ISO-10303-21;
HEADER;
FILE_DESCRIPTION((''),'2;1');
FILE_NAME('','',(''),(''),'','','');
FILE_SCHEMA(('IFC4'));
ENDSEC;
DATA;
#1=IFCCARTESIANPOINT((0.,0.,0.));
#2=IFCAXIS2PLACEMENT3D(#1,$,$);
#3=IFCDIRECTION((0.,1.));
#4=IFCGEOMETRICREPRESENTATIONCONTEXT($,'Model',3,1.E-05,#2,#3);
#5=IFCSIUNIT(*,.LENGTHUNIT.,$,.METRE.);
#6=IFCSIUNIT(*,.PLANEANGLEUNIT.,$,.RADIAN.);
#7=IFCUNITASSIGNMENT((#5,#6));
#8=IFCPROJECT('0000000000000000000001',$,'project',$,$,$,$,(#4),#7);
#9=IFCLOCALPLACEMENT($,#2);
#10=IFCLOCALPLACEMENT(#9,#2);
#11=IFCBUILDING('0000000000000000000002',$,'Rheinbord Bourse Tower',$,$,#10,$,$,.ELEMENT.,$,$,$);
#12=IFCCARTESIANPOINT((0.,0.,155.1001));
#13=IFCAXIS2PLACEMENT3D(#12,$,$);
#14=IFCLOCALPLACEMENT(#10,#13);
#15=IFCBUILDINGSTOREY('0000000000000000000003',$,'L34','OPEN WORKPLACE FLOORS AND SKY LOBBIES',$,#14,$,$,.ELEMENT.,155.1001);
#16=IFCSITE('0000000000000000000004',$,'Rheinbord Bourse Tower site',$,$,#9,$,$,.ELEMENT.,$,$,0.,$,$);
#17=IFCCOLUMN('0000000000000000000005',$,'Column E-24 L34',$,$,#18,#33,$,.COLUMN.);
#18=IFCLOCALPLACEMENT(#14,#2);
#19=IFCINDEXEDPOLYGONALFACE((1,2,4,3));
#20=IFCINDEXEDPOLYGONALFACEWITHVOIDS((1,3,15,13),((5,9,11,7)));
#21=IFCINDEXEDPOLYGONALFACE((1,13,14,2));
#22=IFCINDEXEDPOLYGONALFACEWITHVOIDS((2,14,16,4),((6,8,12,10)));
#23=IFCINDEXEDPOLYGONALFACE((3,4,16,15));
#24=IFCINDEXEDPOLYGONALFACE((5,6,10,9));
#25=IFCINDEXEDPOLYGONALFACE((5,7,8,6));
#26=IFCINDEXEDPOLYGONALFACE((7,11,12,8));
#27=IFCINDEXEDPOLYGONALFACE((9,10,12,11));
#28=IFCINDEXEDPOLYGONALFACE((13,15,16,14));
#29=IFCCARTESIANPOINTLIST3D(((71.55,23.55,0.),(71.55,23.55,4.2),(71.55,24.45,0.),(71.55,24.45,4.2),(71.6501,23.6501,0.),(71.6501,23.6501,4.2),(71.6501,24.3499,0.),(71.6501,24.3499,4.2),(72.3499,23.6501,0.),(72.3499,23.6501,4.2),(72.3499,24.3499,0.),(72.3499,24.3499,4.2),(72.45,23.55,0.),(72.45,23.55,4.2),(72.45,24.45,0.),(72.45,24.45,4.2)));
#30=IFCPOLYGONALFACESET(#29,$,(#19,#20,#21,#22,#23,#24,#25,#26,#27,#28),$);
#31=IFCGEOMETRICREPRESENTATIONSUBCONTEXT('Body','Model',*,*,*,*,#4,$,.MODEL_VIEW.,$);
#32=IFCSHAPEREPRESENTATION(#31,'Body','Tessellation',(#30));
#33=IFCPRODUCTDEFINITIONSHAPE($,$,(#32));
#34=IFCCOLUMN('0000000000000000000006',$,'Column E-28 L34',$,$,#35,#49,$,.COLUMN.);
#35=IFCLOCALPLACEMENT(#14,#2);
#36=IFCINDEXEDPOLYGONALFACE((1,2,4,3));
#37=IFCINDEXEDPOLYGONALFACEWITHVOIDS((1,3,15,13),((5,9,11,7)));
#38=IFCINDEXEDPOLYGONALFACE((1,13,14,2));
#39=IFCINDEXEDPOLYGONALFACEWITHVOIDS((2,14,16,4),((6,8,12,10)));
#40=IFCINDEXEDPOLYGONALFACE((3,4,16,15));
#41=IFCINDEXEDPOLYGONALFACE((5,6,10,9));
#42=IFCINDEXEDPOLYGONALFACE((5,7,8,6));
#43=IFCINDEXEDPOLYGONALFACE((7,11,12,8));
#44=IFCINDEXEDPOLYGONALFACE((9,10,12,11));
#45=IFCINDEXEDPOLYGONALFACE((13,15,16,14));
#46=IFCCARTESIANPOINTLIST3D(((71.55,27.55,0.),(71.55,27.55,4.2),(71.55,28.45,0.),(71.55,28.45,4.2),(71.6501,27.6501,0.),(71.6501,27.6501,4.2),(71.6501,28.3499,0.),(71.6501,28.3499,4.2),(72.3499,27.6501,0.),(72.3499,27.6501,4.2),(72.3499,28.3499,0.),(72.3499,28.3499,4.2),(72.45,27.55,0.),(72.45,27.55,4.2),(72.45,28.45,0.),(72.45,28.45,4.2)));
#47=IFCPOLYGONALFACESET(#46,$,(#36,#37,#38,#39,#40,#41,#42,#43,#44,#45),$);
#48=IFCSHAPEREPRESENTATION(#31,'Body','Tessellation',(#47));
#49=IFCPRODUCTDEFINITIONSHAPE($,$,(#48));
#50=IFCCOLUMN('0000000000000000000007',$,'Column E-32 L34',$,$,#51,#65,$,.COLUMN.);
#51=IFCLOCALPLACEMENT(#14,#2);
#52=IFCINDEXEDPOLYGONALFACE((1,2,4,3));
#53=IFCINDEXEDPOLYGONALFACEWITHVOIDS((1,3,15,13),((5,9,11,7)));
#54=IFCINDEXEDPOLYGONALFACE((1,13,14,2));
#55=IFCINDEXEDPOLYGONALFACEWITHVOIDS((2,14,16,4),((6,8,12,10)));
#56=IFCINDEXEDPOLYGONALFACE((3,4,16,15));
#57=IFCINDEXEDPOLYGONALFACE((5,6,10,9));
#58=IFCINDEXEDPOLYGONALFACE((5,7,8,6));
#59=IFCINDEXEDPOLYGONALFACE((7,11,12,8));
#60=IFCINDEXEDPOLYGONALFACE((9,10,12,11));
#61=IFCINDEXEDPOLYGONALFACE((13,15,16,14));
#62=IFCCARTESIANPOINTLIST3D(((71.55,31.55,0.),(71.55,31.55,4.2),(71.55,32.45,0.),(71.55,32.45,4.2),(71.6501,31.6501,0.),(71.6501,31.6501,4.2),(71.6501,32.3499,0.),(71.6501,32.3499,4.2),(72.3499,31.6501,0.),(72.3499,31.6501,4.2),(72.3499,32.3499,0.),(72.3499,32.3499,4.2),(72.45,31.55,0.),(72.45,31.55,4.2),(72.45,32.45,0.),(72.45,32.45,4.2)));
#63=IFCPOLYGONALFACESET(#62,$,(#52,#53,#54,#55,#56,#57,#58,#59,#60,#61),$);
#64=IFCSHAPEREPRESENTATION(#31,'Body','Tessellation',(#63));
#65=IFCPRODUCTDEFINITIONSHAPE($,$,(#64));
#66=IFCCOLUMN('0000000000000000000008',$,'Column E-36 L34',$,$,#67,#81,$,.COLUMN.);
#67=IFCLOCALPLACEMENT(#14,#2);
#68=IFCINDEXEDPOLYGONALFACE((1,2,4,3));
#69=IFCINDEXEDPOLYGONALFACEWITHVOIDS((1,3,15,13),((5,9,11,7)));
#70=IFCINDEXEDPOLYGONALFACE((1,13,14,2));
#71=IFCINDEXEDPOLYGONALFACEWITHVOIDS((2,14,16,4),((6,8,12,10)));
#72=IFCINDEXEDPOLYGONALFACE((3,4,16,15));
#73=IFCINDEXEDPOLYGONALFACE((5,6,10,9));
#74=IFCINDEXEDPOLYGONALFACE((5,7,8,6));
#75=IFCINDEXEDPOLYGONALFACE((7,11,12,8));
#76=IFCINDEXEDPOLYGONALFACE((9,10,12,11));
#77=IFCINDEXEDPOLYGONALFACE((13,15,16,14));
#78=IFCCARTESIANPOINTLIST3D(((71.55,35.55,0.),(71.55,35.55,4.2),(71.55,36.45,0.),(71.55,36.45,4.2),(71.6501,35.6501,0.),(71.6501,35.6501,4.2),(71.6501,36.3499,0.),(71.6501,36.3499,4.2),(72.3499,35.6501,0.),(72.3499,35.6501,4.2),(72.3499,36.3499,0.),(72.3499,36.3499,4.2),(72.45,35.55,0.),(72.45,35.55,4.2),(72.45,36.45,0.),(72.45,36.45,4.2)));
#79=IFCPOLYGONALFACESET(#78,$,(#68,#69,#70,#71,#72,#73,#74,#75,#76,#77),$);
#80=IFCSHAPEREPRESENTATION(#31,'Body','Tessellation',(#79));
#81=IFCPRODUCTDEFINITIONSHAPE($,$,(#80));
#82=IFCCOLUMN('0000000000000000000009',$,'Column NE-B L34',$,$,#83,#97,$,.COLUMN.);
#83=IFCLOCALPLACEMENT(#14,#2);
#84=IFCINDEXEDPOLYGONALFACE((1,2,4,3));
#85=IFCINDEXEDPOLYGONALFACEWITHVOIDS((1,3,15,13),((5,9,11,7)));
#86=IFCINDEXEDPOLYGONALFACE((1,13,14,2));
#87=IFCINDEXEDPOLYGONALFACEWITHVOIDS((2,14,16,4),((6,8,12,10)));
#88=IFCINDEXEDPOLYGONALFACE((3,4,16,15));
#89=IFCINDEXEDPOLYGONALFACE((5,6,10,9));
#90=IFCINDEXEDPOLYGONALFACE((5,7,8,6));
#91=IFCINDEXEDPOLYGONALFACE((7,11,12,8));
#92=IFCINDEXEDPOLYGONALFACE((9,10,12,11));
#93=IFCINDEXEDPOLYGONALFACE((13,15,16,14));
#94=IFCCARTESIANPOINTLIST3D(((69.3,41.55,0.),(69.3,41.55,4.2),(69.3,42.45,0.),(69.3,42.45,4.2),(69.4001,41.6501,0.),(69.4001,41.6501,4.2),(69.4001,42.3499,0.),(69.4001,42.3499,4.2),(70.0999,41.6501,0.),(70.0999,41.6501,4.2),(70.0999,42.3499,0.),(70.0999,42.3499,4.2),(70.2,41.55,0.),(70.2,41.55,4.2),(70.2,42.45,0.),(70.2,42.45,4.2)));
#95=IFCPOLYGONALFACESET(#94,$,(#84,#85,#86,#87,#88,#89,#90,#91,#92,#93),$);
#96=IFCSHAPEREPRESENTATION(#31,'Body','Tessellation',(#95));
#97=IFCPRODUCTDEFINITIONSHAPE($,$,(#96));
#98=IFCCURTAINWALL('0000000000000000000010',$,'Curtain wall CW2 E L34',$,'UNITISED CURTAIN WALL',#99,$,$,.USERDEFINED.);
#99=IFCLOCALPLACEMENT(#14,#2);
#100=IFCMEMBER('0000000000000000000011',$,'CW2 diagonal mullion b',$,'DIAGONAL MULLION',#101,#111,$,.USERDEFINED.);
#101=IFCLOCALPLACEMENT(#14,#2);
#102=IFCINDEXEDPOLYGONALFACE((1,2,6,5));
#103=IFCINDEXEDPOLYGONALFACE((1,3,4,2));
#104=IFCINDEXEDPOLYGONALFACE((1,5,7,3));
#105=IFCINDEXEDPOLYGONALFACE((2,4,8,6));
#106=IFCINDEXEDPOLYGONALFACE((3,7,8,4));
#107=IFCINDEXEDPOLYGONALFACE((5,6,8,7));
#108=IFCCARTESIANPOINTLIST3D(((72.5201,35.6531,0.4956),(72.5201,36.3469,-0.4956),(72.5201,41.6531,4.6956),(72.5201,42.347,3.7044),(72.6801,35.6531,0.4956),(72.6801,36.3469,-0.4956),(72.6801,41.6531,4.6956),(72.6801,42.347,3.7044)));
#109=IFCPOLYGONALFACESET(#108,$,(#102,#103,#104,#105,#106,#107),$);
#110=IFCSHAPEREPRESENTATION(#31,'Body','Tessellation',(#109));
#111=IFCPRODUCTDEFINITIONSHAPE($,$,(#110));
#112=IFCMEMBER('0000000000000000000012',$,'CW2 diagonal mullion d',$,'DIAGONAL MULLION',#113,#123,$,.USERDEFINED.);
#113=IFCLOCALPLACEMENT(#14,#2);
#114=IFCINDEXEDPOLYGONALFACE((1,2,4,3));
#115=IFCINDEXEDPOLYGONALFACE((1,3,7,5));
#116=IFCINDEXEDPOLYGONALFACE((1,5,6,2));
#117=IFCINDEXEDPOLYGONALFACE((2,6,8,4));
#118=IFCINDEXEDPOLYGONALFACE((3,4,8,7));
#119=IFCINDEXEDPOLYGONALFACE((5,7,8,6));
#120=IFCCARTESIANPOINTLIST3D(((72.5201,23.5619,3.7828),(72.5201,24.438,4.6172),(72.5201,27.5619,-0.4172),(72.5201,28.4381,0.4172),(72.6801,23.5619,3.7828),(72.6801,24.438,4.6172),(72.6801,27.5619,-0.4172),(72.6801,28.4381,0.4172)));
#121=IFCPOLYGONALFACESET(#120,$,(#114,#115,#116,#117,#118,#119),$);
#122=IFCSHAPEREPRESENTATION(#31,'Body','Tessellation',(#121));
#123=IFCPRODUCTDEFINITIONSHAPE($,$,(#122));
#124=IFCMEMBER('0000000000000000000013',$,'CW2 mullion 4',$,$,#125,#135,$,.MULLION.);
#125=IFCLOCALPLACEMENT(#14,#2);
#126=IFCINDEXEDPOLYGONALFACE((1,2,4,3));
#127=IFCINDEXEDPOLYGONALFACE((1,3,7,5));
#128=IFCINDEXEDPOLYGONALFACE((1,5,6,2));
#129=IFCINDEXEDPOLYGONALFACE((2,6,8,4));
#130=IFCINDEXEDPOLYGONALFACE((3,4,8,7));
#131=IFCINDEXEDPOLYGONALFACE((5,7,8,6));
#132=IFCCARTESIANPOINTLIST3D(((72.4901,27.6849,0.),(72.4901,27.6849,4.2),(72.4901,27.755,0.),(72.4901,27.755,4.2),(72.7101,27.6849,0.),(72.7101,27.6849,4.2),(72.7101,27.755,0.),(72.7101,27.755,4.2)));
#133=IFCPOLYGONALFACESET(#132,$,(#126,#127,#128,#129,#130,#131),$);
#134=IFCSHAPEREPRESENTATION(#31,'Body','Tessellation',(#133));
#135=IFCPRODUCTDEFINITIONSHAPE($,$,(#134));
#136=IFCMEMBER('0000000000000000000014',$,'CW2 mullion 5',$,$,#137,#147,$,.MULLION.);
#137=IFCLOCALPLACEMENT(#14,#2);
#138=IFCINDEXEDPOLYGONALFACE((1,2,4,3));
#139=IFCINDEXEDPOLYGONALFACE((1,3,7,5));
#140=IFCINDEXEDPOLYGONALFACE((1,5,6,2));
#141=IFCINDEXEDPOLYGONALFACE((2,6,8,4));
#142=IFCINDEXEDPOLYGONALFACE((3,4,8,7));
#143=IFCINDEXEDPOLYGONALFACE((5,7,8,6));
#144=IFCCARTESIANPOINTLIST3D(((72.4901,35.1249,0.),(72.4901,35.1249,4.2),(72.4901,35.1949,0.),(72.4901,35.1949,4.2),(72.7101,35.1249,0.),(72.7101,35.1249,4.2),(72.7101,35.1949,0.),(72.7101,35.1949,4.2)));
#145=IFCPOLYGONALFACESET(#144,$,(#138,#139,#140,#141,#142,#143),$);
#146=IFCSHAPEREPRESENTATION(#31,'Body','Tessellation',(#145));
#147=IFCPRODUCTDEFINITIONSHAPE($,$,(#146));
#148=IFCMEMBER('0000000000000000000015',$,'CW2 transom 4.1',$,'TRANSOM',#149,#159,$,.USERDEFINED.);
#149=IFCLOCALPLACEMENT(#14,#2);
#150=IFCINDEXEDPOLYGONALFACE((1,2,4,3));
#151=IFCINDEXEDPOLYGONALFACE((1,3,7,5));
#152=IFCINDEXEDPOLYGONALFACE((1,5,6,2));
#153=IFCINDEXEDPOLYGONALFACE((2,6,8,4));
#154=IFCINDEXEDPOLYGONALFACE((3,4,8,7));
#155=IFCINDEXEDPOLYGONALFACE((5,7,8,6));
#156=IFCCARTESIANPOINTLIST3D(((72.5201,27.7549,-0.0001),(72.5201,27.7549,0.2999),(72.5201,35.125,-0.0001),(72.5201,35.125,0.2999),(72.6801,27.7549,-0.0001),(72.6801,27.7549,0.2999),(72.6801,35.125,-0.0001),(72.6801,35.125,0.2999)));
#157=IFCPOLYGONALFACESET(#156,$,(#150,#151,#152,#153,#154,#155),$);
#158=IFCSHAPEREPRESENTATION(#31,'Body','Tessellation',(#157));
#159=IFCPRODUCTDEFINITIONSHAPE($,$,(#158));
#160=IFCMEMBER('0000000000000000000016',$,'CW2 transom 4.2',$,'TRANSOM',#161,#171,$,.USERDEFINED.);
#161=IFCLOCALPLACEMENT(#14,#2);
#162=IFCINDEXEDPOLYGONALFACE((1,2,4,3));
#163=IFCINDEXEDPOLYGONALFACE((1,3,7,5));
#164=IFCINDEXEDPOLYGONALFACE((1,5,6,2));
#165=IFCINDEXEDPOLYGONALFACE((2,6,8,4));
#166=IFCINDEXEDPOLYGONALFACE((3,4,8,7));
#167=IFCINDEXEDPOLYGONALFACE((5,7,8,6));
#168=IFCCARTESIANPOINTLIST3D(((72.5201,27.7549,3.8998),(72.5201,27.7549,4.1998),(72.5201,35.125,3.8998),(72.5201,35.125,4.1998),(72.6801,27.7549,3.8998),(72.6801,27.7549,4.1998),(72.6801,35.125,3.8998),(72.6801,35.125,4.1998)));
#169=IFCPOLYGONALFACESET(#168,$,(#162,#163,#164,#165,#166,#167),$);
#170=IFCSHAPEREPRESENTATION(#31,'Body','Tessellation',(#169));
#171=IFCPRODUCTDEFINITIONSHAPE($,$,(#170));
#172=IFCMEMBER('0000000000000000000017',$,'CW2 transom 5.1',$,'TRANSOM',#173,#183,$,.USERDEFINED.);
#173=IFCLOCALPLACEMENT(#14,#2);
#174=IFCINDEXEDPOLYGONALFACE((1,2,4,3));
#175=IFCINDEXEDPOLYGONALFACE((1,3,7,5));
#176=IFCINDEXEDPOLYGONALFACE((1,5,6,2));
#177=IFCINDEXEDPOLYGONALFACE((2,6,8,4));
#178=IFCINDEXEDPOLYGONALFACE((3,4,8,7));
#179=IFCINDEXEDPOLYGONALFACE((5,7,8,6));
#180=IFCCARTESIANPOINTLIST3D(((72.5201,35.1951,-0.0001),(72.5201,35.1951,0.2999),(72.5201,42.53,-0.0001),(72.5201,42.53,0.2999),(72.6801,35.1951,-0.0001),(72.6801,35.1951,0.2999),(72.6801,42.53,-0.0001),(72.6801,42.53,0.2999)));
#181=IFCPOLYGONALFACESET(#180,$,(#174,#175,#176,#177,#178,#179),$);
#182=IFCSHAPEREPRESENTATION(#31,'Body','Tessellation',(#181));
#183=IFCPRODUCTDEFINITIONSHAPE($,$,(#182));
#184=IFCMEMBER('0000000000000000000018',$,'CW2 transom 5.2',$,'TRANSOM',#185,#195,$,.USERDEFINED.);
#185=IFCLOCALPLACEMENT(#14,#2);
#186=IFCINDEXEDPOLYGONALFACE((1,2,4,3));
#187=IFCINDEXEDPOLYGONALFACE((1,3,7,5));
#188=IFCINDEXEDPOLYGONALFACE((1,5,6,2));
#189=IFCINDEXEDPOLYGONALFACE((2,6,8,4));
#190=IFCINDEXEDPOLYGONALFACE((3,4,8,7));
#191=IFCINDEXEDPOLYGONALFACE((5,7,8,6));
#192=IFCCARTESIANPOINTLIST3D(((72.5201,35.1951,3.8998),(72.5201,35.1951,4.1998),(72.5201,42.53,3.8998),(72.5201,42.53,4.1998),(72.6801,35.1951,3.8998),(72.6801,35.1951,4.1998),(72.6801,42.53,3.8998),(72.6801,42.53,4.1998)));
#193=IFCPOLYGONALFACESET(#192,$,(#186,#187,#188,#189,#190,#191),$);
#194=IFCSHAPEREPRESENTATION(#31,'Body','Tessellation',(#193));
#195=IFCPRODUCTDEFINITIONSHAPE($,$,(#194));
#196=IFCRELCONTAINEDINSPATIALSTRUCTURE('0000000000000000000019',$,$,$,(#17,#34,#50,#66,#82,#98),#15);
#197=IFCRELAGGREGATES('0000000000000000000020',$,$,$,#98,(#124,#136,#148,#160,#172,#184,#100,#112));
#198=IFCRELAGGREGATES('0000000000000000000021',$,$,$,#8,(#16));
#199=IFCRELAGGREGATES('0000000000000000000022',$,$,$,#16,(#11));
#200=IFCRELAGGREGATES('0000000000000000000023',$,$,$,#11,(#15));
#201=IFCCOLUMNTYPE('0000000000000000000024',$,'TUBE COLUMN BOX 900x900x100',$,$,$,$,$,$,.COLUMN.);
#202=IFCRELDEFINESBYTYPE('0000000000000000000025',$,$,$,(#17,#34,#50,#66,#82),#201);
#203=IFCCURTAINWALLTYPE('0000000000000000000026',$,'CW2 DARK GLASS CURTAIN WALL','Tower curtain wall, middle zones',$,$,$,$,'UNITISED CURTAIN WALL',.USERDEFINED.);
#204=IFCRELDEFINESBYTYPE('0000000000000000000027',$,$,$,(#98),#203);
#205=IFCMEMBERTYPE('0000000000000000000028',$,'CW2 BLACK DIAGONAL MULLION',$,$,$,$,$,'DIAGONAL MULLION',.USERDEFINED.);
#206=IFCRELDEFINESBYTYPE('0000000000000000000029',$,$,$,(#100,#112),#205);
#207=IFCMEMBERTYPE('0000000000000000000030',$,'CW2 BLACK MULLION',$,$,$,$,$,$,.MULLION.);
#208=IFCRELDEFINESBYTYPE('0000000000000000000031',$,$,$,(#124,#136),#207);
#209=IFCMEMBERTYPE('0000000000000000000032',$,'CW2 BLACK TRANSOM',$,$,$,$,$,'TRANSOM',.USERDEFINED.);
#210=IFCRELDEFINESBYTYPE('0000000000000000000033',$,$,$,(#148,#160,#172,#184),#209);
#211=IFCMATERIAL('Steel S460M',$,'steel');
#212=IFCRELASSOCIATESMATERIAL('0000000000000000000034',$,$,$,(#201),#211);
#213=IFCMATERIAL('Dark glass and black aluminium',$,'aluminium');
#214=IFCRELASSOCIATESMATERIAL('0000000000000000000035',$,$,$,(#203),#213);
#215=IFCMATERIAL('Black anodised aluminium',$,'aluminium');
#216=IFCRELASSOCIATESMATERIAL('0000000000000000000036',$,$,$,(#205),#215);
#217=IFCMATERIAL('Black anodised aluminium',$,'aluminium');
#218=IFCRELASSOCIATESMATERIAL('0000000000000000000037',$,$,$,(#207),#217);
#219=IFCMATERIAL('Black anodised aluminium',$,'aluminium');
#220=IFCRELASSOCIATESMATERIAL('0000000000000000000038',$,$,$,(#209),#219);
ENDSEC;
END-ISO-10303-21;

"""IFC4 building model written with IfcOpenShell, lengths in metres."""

from ifc_helpers import new_model, si_unit, direction, frame, origin, origin_2d, place, context, subcontext, project, spatial, rectangle, hollow_rectangle, extrude, material, material_profile, profile_set, type_object, element, aggregate, save


model = new_model("IFC4")

# Units and contexts
model_context = context("Model", 3, precision=1e-05, world=origin(), true_north=direction((0.0, 1.0)))
body_context = subcontext(model_context, "Body", "Model", "MODEL_VIEW")
ifc_project = project(units=[si_unit("LENGTHUNIT", "METRE"), si_unit("PLANEANGLEUNIT", "RADIAN")], contexts=[model_context])

# Site, building, storey
site_placement = place(None, origin())
site = spatial("IfcSite", under=ifc_project, at=site_placement, Name="Rheinbord Bourse Tower site", CompositionType="ELEMENT", RefElevation=0.0)
building_placement = place(site_placement, origin())
building = spatial("IfcBuilding", under=site, at=building_placement, Name="Rheinbord Bourse Tower", CompositionType="ELEMENT")
storey_placement = place(building_placement, frame((0.0, 0.0, 155.1001)))
storey = spatial("IfcBuildingStorey", under=building, at=storey_placement, Name="L34", Description="OPEN WORKPLACE FLOORS AND SKY LOBBIES", CompositionType="ELEMENT", Elevation=155.1001)

# Columns
ifc_material_1 = material(Name="Steel S460M", Category="steel")
ifc_material_profile_1 = material_profile(ifc_material_1, hollow_rectangle(XDim=0.8999, YDim=0.8999, WallThickness=0.1001, at=origin_2d()), Name="BOX 900x900x100")
ifc_profile_set_1 = profile_set([ifc_material_profile_1], Name="Steel S460M")
column_type = type_object("IfcColumnType", Name="TUBE COLUMN BOX 900x900x100", PredefinedType="COLUMN", material=ifc_profile_set_1)
for number, where, z_axis, x_axis, name in (
    (1, (72.0, 24.0, 0.0), (0.0, 0.0, 1.0), (1.0, 0.0, 0.0), "Column E-24 L34"),
    (2, (72.0, 28.0, 0.0), (0.0, 0.0, 1.0), (1.0, 0.0, 0.0), "Column E-28 L34"),
    (3, (72.0, 32.0, 0.0), (0.0, 0.0, 1.0), (1.0, 0.0, 0.0), "Column E-32 L34"),
    (4, (72.0, 36.0, 0.0), (0.0, 0.0, 1.0), (1.0, 0.0, 0.0), "Column E-36 L34"),
    (5, (69.75, 42.0, 0.0), (0.0, 0.0, 1.0), (1.0, 0.0, 0.0), "Column NE-B L34"),
):
    element("IfcColumn", number, at=place(storey_placement, frame(where, z_axis=z_axis, x_axis=x_axis)), inside=storey, type_object=column_type, Name=name, PredefinedType="COLUMN", context=body_context, shape_type="SweptSolid", body=[
        extrude(hollow_rectangle(XDim=0.8999, YDim=0.8999, WallThickness=0.1001, at=origin_2d()), origin(), (0.0, 0.0, 1.0), 4.2),
    ])

# Curtain wall, members
ifc_material_2 = material(Name="Dark glass and black aluminium", Category="aluminium")
curtain_wall_type = type_object("IfcCurtainWallType", Name="CW2 DARK GLASS CURTAIN WALL", Description="Tower curtain wall, middle zones", ElementType="UNITISED CURTAIN WALL", PredefinedType="USERDEFINED", material=ifc_material_2)
curtain_wall_placement = place(storey_placement, origin())
curtain_wall = element("IfcCurtainWall", 6, at=curtain_wall_placement, inside=storey, type_object=curtain_wall_type, Name="Curtain wall CW2 E L34", ObjectType="UNITISED CURTAIN WALL", PredefinedType="USERDEFINED")
ifc_material_3 = material(Name="Black anodised aluminium", Category="aluminium")
ifc_material_profile_2 = material_profile(ifc_material_3, rectangle(XDim=0.1599, YDim=1.21, at=origin_2d()), Name="CW2 DIAGONAL MULLION 1210x160")
ifc_profile_set_2 = profile_set([ifc_material_profile_2], Name="Black anodised aluminium")
member_type_1 = type_object("IfcMemberType", Name="CW2 BLACK DIAGONAL MULLION", ElementType="DIAGONAL MULLION", PredefinedType="USERDEFINED", material=ifc_profile_set_2)
member_1_placement = place(storey_placement, frame((72.6001, 36.0, 0.0), z_axis=(0.0, 0.819235, 0.573458), x_axis=(-1.0, 0.0, 0.0)))
member_1 = element("IfcMember", 7, at=member_1_placement, type_object=member_type_1, Name="CW2 diagonal mullion b", ObjectType="DIAGONAL MULLION", PredefinedType="USERDEFINED", context=body_context, shape_type="SweptSolid", body=[
    extrude(rectangle(XDim=0.1599, YDim=1.21, at=origin_2d()), origin(), (0.0, 0.0, 1.0), 7.324),
])
member_2_placement = place(storey_placement, frame((72.6001, 28.0, 0.0), z_axis=(0.0, -0.689659, 0.724134), x_axis=(1.0, 0.0, 0.0)))
member_2 = element("IfcMember", 8, at=member_2_placement, type_object=member_type_1, Name="CW2 diagonal mullion d", ObjectType="DIAGONAL MULLION", PredefinedType="USERDEFINED", context=body_context, shape_type="SweptSolid", body=[
    extrude(rectangle(XDim=0.1599, YDim=1.21, at=origin_2d()), origin(), (0.0, 0.0, 1.0), 5.8),
])
ifc_material_4 = material(Name="Black anodised aluminium", Category="aluminium")
ifc_material_profile_3 = material_profile(ifc_material_4, rectangle(XDim=0.22, YDim=0.0701, at=origin_2d()), Name="CW2 MULLION 70x220")
ifc_profile_set_3 = profile_set([ifc_material_profile_3], Name="Black anodised aluminium")
member_type_2 = type_object("IfcMemberType", Name="CW2 BLACK MULLION", PredefinedType="MULLION", material=ifc_profile_set_3)
member_3_placement = place(storey_placement, frame((72.6001, 27.72, 0.0), z_axis=(0.0, 0.0, 1.0), x_axis=(-1.0, 0.0, 0.0)))
member_3 = element("IfcMember", 9, at=member_3_placement, type_object=member_type_2, Name="CW2 mullion 4", PredefinedType="MULLION", context=body_context, shape_type="SweptSolid", body=[
    extrude(rectangle(XDim=0.22, YDim=0.0701, at=origin_2d()), origin(), (0.0, 0.0, 1.0), 4.2),
])
member_4_placement = place(storey_placement, frame((72.6001, 35.1599, 0.0), z_axis=(0.0, 0.0, 1.0), x_axis=(-1.0, 0.0, 0.0)))
member_4 = element("IfcMember", 10, at=member_4_placement, type_object=member_type_2, Name="CW2 mullion 5", PredefinedType="MULLION", context=body_context, shape_type="SweptSolid", body=[
    extrude(rectangle(XDim=0.22, YDim=0.0701, at=origin_2d()), origin(), (0.0, 0.0, 1.0), 4.2),
])
ifc_material_5 = material(Name="Black anodised aluminium", Category="aluminium")
ifc_material_profile_4 = material_profile(ifc_material_5, rectangle(XDim=0.1599, YDim=0.3, at=origin_2d()), Name="CW2 TRANSOM 300x160")
ifc_profile_set_4 = profile_set([ifc_material_profile_4], Name="Black anodised aluminium")
member_type_3 = type_object("IfcMemberType", Name="CW2 BLACK TRANSOM", ElementType="TRANSOM", PredefinedType="USERDEFINED", material=ifc_profile_set_4)
member_5_placement = place(storey_placement, frame((72.6001, 27.7549, 0.1499), z_axis=(0.0, 1.0, 0.0), x_axis=(-1.0, 0.0, 0.0)))
member_5 = element("IfcMember", 11, at=member_5_placement, type_object=member_type_3, Name="CW2 transom 4.1", ObjectType="TRANSOM", PredefinedType="USERDEFINED", context=body_context, shape_type="SweptSolid", body=[
    extrude(rectangle(XDim=0.1599, YDim=0.3, at=origin_2d()), origin(), (0.0, 0.0, 1.0), 7.3701),
])
member_6_placement = place(storey_placement, frame((72.6001, 27.7549, 4.0498), z_axis=(0.0, 1.0, 0.0), x_axis=(-1.0, 0.0, 0.0)))
member_6 = element("IfcMember", 12, at=member_6_placement, type_object=member_type_3, Name="CW2 transom 4.2", ObjectType="TRANSOM", PredefinedType="USERDEFINED", context=body_context, shape_type="SweptSolid", body=[
    extrude(rectangle(XDim=0.1599, YDim=0.3, at=origin_2d()), origin(), (0.0, 0.0, 1.0), 7.3701),
])
member_7_placement = place(storey_placement, frame((72.6001, 35.1951, 0.1499), z_axis=(0.0, 1.0, 0.0), x_axis=(-1.0, 0.0, 0.0)))
member_7 = element("IfcMember", 13, at=member_7_placement, type_object=member_type_3, Name="CW2 transom 5.1", ObjectType="TRANSOM", PredefinedType="USERDEFINED", context=body_context, shape_type="SweptSolid", body=[
    extrude(rectangle(XDim=0.1599, YDim=0.3, at=origin_2d()), origin(), (0.0, 0.0, 1.0), 7.335),
])
member_8_placement = place(storey_placement, frame((72.6001, 35.1951, 4.0498), z_axis=(0.0, 1.0, 0.0), x_axis=(-1.0, 0.0, 0.0)))
member_8 = element("IfcMember", 14, at=member_8_placement, type_object=member_type_3, Name="CW2 transom 5.2", ObjectType="TRANSOM", PredefinedType="USERDEFINED", context=body_context, shape_type="SweptSolid", body=[
    extrude(rectangle(XDim=0.1599, YDim=0.3, at=origin_2d()), origin(), (0.0, 0.0, 1.0), 7.335),
])

aggregate(curtain_wall, [member_3, member_4, member_5, member_6, member_7, member_8, member_1, member_2])

save(model, "model.ifc")
